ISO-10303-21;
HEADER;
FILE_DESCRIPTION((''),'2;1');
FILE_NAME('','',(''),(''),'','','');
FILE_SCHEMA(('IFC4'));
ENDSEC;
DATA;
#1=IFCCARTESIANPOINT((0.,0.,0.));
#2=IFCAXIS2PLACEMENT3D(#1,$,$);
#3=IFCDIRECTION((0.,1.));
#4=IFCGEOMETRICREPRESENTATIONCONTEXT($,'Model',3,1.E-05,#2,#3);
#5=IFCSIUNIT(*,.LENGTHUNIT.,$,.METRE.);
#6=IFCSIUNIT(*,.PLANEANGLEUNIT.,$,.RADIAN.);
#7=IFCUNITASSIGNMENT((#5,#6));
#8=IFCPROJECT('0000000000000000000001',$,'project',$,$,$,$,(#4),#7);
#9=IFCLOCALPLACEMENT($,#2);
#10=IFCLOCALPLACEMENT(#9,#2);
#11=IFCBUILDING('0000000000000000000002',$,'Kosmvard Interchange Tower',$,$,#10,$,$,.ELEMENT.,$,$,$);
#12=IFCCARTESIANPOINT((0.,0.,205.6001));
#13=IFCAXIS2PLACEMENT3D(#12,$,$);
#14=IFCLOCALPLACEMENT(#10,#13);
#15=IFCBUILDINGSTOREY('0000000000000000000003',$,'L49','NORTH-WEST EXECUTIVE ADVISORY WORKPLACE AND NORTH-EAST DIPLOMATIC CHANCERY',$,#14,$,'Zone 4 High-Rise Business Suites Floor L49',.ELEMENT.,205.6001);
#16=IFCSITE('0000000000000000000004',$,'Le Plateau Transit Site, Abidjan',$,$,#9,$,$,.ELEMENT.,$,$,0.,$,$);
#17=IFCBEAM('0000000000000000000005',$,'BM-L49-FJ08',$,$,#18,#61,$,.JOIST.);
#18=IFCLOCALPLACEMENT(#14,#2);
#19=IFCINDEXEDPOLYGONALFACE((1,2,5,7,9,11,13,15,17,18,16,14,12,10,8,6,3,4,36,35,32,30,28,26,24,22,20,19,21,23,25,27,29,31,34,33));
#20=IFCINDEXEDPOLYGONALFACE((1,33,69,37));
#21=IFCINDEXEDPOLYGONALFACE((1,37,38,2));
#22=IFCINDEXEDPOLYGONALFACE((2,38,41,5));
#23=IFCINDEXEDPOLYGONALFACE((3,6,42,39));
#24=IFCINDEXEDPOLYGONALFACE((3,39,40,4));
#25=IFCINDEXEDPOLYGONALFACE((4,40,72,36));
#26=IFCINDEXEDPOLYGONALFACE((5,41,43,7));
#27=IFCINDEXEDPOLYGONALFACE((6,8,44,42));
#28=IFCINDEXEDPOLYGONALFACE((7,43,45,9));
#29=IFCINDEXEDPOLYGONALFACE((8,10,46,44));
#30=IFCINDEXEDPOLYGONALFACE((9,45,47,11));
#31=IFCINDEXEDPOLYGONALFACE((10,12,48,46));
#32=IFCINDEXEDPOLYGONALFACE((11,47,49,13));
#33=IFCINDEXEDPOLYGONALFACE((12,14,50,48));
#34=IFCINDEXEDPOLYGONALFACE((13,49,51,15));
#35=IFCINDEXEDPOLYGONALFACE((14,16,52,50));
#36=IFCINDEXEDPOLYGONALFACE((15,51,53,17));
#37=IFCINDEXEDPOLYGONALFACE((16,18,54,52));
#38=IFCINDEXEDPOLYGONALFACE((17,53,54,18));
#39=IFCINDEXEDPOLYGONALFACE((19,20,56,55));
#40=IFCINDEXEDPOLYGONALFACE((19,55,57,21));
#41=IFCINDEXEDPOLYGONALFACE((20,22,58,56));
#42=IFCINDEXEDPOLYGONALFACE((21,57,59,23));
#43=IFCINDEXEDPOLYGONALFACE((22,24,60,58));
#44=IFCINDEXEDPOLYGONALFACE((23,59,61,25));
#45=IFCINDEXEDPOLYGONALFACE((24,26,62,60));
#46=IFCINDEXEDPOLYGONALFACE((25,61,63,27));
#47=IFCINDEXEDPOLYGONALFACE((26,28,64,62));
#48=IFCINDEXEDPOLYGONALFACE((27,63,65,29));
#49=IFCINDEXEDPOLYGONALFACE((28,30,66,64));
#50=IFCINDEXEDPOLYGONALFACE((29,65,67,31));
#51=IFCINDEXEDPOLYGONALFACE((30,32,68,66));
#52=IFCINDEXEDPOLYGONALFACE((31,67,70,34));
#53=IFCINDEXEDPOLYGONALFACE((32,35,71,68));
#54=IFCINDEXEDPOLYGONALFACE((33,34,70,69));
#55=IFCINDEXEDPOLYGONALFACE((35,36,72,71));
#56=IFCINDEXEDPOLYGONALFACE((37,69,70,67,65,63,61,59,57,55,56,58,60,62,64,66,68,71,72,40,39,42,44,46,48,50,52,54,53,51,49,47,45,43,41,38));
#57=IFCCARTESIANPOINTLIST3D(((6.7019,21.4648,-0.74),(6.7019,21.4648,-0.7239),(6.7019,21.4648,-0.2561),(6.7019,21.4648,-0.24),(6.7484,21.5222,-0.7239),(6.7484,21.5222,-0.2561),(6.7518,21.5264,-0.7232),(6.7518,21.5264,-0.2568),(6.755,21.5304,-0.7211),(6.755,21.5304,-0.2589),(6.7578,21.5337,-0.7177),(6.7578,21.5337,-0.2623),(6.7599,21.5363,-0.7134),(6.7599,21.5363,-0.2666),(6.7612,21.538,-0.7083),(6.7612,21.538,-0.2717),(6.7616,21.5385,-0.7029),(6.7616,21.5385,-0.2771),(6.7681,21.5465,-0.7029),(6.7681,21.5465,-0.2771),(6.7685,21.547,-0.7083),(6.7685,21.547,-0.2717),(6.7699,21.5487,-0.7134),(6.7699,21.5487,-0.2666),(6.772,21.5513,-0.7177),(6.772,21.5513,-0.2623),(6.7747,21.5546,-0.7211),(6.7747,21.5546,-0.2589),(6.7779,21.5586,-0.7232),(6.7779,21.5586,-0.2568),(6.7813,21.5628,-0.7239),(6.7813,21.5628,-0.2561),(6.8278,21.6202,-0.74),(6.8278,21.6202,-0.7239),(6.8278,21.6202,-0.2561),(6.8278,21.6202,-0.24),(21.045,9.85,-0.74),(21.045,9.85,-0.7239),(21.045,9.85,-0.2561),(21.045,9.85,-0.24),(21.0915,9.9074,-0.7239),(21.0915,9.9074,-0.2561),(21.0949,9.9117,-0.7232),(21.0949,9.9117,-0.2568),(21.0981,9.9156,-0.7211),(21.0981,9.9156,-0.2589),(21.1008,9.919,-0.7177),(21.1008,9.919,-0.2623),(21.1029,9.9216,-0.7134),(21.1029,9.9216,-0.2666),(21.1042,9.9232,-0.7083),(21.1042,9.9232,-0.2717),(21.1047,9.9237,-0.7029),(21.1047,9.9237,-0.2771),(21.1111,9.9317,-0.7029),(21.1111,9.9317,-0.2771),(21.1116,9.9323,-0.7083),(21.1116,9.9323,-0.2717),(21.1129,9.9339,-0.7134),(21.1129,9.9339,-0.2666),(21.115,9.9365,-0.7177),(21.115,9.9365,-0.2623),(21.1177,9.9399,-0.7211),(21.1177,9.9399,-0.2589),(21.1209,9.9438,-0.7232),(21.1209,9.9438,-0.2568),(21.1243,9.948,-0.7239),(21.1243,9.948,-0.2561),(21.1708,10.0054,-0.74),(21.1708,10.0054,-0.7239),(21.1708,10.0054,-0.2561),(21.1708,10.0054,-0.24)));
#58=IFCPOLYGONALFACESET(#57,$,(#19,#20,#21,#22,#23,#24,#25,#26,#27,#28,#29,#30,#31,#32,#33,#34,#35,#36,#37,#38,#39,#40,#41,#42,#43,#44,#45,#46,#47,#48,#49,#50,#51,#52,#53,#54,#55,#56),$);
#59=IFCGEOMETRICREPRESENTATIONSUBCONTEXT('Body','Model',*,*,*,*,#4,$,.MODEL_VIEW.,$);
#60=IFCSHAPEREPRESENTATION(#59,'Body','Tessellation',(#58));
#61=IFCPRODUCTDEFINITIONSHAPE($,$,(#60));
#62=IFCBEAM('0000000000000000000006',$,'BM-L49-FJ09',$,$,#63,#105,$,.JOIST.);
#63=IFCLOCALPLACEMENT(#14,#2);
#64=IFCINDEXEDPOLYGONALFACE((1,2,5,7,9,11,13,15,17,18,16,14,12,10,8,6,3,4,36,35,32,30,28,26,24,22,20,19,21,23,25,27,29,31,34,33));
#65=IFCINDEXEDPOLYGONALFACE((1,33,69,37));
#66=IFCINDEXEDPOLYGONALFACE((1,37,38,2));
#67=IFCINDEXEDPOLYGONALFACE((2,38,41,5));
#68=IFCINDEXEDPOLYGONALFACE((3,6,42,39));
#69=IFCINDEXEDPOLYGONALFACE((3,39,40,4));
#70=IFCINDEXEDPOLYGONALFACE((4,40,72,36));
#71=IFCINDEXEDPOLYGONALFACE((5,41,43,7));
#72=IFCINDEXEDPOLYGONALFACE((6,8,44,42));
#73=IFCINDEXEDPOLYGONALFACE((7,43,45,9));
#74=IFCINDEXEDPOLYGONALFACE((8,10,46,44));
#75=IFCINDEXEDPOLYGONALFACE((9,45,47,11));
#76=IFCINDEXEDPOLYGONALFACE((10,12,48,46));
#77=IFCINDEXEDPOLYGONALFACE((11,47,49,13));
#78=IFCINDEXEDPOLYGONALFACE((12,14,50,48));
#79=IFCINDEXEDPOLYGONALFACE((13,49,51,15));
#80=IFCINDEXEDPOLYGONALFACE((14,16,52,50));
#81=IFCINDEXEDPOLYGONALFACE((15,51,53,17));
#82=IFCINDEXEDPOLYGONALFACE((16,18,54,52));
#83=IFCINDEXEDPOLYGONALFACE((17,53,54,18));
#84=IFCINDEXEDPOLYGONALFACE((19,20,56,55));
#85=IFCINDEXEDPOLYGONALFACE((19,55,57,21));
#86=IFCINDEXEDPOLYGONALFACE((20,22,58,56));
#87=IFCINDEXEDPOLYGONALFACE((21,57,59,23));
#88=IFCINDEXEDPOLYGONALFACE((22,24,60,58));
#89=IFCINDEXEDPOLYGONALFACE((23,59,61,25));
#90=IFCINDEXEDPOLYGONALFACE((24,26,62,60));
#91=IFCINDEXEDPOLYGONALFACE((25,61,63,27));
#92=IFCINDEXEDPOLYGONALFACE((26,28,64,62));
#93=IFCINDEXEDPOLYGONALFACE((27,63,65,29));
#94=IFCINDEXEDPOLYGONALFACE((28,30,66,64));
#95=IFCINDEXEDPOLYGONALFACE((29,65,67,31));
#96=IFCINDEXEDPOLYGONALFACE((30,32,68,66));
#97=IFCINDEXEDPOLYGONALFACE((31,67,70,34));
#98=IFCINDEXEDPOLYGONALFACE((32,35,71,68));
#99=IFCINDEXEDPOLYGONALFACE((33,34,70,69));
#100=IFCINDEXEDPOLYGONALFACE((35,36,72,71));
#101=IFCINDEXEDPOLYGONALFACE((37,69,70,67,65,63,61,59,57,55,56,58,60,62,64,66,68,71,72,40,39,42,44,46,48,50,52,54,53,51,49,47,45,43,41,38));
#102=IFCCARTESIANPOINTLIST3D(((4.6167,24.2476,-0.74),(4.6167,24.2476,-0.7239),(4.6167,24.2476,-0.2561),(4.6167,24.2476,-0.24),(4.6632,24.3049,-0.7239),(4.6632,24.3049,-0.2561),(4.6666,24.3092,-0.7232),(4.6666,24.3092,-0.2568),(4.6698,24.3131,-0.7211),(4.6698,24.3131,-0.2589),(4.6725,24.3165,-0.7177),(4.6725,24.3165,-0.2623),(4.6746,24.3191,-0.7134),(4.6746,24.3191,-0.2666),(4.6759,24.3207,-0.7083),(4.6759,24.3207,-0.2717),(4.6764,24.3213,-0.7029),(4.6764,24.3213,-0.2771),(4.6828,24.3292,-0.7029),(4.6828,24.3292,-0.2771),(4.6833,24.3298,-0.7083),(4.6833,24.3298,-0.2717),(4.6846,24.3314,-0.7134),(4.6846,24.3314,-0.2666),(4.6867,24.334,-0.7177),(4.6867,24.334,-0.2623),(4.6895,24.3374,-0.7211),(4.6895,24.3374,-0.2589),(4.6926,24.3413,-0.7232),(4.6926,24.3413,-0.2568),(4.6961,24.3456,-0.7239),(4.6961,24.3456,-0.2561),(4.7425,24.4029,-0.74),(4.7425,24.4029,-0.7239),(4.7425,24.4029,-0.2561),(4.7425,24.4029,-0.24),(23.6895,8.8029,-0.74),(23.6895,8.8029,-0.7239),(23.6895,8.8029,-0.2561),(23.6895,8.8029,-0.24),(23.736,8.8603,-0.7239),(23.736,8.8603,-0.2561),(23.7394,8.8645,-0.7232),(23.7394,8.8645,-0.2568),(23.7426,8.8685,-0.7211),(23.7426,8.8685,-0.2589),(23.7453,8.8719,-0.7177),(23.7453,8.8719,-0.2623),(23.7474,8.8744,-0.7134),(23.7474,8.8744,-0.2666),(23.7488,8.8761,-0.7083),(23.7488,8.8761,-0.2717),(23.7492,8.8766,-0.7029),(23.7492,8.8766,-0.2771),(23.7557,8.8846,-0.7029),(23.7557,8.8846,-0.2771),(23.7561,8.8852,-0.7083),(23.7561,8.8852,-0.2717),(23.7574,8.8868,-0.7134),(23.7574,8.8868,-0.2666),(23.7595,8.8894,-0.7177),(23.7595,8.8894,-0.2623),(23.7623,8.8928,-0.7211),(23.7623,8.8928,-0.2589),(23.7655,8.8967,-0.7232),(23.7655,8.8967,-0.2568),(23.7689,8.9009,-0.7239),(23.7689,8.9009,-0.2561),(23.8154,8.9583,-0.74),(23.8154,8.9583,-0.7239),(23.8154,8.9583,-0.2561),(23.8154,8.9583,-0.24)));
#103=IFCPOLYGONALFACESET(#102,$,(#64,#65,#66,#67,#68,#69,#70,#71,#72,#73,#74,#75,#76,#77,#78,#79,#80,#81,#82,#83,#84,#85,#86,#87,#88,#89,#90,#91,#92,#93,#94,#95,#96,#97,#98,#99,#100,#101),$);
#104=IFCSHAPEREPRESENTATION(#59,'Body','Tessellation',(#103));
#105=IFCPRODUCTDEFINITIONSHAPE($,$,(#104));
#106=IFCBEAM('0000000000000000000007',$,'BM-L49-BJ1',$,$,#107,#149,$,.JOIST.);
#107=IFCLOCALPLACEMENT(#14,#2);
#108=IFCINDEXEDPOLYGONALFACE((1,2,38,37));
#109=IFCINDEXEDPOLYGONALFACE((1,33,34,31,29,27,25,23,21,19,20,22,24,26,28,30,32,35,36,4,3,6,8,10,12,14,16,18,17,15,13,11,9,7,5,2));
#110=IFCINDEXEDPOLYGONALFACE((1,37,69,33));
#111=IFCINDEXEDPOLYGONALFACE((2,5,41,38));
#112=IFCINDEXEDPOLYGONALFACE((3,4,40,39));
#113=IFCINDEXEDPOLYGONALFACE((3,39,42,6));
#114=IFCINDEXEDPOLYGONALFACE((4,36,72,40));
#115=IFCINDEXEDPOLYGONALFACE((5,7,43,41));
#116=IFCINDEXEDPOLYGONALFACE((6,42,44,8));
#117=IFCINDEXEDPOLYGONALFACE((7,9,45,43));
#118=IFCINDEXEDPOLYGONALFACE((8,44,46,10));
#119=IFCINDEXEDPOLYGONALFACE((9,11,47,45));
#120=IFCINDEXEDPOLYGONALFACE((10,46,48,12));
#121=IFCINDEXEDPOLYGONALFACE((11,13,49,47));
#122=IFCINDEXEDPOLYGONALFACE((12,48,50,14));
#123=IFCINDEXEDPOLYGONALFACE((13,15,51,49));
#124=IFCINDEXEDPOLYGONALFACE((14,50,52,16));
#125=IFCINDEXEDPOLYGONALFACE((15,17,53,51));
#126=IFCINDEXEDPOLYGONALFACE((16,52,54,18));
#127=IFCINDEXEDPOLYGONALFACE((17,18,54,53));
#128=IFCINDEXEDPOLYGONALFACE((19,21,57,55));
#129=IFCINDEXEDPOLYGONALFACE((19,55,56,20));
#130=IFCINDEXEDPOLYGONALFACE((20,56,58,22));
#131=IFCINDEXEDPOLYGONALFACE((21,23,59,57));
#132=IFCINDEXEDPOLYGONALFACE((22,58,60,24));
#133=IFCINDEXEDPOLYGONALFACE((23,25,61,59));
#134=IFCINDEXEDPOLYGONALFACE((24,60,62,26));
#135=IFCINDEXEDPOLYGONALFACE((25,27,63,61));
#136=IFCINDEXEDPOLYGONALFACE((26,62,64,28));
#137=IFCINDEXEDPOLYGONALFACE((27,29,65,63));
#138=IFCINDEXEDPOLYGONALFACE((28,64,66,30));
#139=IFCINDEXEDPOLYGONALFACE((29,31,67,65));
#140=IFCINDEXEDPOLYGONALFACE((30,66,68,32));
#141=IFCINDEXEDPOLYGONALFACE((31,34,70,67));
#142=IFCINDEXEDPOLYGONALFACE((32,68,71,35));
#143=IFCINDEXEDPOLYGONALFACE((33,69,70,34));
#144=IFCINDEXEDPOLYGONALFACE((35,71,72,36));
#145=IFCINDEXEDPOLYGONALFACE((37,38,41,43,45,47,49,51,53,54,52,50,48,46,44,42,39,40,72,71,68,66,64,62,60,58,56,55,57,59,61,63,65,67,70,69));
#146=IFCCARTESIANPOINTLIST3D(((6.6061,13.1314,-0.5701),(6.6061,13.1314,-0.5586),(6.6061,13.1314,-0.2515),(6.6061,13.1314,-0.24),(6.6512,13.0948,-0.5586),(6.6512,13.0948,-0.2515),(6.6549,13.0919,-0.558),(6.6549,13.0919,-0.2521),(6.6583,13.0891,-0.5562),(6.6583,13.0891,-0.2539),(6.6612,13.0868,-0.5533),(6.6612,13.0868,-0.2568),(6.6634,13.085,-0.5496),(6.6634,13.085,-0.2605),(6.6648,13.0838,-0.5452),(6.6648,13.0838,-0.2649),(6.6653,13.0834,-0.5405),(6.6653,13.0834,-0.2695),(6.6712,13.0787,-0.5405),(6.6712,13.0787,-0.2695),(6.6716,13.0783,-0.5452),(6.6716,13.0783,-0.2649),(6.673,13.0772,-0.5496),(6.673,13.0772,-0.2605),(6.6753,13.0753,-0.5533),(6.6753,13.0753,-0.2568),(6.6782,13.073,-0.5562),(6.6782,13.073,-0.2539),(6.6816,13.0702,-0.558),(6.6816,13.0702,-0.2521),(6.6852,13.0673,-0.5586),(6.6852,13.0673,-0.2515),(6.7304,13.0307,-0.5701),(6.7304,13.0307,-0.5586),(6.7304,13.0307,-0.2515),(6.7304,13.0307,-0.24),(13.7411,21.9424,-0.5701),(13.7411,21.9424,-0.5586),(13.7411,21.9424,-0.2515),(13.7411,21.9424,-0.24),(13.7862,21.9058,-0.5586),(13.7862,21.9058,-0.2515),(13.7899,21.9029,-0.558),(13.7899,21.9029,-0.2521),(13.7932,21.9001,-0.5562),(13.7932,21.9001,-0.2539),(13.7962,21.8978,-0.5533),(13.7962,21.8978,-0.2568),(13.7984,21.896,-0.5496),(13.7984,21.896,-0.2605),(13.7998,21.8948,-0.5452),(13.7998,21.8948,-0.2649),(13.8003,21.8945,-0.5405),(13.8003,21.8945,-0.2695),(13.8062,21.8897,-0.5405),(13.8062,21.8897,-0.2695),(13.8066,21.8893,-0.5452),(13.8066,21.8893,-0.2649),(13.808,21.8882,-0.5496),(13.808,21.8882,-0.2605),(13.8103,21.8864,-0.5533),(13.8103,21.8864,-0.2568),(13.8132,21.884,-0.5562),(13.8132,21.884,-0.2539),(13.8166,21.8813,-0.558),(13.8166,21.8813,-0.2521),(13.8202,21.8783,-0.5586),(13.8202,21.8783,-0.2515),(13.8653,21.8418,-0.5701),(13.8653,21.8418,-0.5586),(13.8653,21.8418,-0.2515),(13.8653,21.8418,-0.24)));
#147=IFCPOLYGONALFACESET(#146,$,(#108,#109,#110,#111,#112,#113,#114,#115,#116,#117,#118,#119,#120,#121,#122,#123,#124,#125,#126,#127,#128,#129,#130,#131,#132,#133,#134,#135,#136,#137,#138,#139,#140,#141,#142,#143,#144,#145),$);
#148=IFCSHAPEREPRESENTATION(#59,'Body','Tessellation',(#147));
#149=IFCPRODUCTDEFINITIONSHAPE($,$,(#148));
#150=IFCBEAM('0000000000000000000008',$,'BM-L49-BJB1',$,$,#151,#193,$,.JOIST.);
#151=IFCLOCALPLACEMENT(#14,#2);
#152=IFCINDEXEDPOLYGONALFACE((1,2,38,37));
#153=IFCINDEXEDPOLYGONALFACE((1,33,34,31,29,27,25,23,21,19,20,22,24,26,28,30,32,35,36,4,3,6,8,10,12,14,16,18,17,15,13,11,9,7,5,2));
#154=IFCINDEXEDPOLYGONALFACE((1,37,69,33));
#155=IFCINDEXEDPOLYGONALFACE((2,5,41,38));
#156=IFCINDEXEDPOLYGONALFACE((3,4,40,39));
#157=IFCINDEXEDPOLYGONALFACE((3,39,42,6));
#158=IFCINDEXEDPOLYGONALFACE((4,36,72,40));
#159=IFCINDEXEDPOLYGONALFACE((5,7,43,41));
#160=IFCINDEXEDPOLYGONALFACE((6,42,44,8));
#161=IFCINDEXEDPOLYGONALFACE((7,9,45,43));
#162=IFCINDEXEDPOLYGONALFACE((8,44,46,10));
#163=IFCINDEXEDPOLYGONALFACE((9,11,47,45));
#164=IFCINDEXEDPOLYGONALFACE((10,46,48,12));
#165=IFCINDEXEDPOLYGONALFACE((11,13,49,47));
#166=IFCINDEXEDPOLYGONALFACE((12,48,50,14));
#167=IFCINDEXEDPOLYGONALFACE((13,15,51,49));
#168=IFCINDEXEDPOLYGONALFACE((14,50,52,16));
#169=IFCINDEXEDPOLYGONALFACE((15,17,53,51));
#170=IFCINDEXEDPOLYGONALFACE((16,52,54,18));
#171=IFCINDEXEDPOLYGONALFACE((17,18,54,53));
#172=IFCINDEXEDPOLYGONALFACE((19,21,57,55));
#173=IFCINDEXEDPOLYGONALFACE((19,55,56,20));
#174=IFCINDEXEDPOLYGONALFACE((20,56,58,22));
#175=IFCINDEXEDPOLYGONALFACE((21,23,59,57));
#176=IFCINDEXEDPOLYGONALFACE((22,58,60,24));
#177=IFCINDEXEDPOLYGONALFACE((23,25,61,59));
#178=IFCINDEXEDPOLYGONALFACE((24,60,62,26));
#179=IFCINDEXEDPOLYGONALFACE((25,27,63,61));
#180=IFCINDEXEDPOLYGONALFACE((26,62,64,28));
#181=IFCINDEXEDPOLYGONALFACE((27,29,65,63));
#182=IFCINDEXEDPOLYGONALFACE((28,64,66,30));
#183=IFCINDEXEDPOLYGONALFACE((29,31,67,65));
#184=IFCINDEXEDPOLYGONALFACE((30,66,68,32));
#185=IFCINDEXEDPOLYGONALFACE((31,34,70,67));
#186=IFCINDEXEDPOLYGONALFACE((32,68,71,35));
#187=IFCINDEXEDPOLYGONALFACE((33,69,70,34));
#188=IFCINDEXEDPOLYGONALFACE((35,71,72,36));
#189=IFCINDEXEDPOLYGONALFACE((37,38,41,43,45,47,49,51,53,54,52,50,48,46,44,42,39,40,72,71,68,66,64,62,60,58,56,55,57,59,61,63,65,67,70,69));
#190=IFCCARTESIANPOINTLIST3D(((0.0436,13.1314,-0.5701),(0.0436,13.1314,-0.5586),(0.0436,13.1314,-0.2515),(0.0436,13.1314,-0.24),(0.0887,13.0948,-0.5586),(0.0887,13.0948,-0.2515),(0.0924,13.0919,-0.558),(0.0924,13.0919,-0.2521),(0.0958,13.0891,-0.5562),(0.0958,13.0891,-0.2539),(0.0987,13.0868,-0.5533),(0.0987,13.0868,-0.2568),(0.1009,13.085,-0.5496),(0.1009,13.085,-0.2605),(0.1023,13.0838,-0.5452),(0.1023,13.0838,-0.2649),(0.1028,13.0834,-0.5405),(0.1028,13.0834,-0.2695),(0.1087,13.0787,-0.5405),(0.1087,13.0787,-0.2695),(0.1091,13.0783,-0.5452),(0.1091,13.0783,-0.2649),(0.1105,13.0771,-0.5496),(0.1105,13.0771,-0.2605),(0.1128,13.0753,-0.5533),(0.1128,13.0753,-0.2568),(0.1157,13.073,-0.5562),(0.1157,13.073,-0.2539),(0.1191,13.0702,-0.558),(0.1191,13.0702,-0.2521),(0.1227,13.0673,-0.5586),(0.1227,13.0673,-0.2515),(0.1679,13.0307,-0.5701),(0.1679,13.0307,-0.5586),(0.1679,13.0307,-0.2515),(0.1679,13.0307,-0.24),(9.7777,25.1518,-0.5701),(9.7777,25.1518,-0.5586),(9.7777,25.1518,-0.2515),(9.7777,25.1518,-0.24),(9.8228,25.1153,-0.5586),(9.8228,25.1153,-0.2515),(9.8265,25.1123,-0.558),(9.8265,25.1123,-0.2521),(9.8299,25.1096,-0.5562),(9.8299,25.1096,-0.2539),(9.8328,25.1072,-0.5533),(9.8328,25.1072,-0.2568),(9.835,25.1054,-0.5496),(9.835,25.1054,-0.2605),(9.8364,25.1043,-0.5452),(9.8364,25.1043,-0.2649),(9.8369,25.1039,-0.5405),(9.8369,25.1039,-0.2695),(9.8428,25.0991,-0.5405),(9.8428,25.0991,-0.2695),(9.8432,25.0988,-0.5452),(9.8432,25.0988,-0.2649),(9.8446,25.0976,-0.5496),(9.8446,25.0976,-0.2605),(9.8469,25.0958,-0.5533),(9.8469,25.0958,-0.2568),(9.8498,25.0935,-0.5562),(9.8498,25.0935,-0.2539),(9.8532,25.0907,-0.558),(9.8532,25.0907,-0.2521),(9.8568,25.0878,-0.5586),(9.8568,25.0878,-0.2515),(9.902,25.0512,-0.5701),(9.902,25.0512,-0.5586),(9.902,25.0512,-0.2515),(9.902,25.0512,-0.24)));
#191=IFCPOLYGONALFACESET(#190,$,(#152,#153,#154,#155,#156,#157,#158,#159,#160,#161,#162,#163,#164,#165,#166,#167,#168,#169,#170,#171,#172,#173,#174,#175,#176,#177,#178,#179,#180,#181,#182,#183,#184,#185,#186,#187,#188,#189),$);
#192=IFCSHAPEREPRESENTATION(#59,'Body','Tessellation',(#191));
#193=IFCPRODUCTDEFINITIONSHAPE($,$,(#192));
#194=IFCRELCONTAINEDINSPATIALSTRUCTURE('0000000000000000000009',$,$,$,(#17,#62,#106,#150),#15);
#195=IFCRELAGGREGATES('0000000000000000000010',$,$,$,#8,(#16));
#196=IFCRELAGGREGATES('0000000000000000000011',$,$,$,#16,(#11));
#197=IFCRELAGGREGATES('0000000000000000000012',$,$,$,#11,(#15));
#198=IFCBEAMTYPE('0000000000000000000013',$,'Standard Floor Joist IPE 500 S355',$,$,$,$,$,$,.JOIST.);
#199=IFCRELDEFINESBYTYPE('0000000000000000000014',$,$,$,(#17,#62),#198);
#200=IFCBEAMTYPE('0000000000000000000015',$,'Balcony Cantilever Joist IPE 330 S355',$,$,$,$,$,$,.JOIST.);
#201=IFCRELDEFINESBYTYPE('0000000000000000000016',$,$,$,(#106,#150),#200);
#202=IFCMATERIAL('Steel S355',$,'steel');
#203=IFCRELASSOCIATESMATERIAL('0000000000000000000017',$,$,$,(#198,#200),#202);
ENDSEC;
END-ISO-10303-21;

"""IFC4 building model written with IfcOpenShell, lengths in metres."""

from ifc_helpers import new_model, si_unit, direction, frame, origin, origin_2d, place, context, subcontext, project, spatial, i_section, extrude, source, transform, mapped, material, material_profile, profile_set, type_object, element, save


model = new_model("IFC4")

# Units and contexts
model_context = context("Model", 3, precision=1e-05, world=origin(), true_north=direction((0.0, 1.0)))
body_context = subcontext(model_context, "Body", "Model", "MODEL_VIEW")
ifc_project = project(units=[si_unit("LENGTHUNIT", "METRE"), si_unit("PLANEANGLEUNIT", "RADIAN")], contexts=[model_context])

# Site, building, storey
site_placement = place(None, origin())
site = spatial("IfcSite", under=ifc_project, at=site_placement, Name="Le Plateau Transit Site, Abidjan", CompositionType="ELEMENT", RefElevation=0.0)
building_placement = place(site_placement, origin())
building = spatial("IfcBuilding", under=site, at=building_placement, Name="Kosmvard Interchange Tower", CompositionType="ELEMENT")
storey_placement = place(building_placement, frame((0.0, 0.0, 205.6001)))
storey = spatial("IfcBuildingStorey", under=building, at=storey_placement, Name="L49", Description="NORTH-WEST EXECUTIVE ADVISORY WORKPLACE AND NORTH-EAST DIPLOMATIC CHANCERY", LongName="Zone 4 High-Rise Business Suites Floor L49", CompositionType="ELEMENT", Elevation=205.6001)

# Beams
ifc_material_1 = material(Name="Steel S355", Category="steel")
ifc_material_profile_1 = material_profile(ifc_material_1, i_section(OverallWidth=0.2, OverallDepth=0.5, WebThickness=0.0103, FlangeThickness=0.0161, FilletRadius=0.021, at=origin_2d()), Name="IPE 500")
ifc_profile_set_1 = profile_set([ifc_material_profile_1], Name="Steel S355")
beam_type_1 = type_object("IfcBeamType", Name="Standard Floor Joist IPE 500 S355", PredefinedType="JOIST", material=ifc_profile_set_1)
shared_shape_1 = source(origin(), body_context, "Body", "SweptSolid", [
    extrude(i_section(OverallWidth=0.2, OverallDepth=0.5, WebThickness=0.0103, FlangeThickness=0.0161, FilletRadius=0.021, at=origin_2d()), origin(), (0.0, 0.0, 1.0), 18.4561),
])
beam_1_placement = place(storey_placement, frame((21.1079, 9.9277, -0.49), z_axis=(-0.777146, 0.62932, 0.0), x_axis=(-0.62932, -0.777146, 0.0)))
element("IfcBeam", 1, at=beam_1_placement, inside=storey, type_object=beam_type_1, Name="BM-L49-FJ08", PredefinedType="JOIST", context=body_context, shape_type="MappedRepresentation", body=[
    mapped(shared_shape_1, transform((0.0, 0.0, 0.0), scale=1.0)),
])
shared_shape_2 = source(origin(), body_context, "Body", "SweptSolid", [
    extrude(i_section(OverallWidth=0.2, OverallDepth=0.5, WebThickness=0.0103, FlangeThickness=0.0161, FilletRadius=0.021, at=origin_2d()), origin(), (0.0, 0.0, 1.0), 24.542),
])
beam_2_placement = place(storey_placement, frame((23.7524, 8.8806, -0.49), z_axis=(-0.777151, 0.629315, 0.0), x_axis=(-0.629315, -0.777151, 0.0)))
element("IfcBeam", 2, at=beam_2_placement, inside=storey, type_object=beam_type_1, Name="BM-L49-FJ09", PredefinedType="JOIST", context=body_context, shape_type="MappedRepresentation", body=[
    mapped(shared_shape_2, transform((0.0, 0.0, 0.0), scale=1.0)),
])
ifc_material_profile_2 = material_profile(ifc_material_1, i_section(OverallWidth=0.1599, OverallDepth=0.3301, WebThickness=0.0076, FlangeThickness=0.0115, FilletRadius=0.0181, at=origin_2d()), Name="IPE 330")
ifc_profile_set_2 = profile_set([ifc_material_profile_2], Name="Steel S355")
beam_type_2 = type_object("IfcBeamType", Name="Balcony Cantilever Joist IPE 330 S355", PredefinedType="JOIST", material=ifc_profile_set_2)
shared_shape_3 = source(origin(), body_context, "Body", "SweptSolid", [
    extrude(i_section(OverallWidth=0.1599, OverallDepth=0.3301, WebThickness=0.0076, FlangeThickness=0.0115, FilletRadius=0.0181, at=origin_2d()), origin(), (0.0, 0.0, 1.0), 11.3376),
])
beam_3_placement = place(storey_placement, frame((6.6682, 13.0811, -0.405), z_axis=(0.629319, 0.777147, 0.0), x_axis=(-0.777147, 0.629319, 0.0)))
element("IfcBeam", 3, at=beam_3_placement, inside=storey, type_object=beam_type_2, Name="BM-L49-BJ1", PredefinedType="JOIST", context=body_context, shape_type="MappedRepresentation", body=[
    mapped(shared_shape_3, transform((0.0, 0.0, 0.0), scale=1.0)),
])
shared_shape_4 = source(origin(), body_context, "Body", "SweptSolid", [
    extrude(i_section(OverallWidth=0.1599, OverallDepth=0.3301, WebThickness=0.0076, FlangeThickness=0.0115, FilletRadius=0.0181, at=origin_2d()), origin(), (0.0, 0.0, 1.0), 15.4675),
])
beam_4_placement = place(storey_placement, frame((0.1057, 13.0811, -0.405), z_axis=(0.629325, 0.777142, 0.0), x_axis=(-0.777142, 0.629325, 0.0)))
element("IfcBeam", 4, at=beam_4_placement, inside=storey, type_object=beam_type_2, Name="BM-L49-BJB1", PredefinedType="JOIST", context=body_context, shape_type="MappedRepresentation", body=[
    mapped(shared_shape_4, transform((0.0, 0.0, 0.0), scale=1.0)),
])

save(model, "model.ifc")
